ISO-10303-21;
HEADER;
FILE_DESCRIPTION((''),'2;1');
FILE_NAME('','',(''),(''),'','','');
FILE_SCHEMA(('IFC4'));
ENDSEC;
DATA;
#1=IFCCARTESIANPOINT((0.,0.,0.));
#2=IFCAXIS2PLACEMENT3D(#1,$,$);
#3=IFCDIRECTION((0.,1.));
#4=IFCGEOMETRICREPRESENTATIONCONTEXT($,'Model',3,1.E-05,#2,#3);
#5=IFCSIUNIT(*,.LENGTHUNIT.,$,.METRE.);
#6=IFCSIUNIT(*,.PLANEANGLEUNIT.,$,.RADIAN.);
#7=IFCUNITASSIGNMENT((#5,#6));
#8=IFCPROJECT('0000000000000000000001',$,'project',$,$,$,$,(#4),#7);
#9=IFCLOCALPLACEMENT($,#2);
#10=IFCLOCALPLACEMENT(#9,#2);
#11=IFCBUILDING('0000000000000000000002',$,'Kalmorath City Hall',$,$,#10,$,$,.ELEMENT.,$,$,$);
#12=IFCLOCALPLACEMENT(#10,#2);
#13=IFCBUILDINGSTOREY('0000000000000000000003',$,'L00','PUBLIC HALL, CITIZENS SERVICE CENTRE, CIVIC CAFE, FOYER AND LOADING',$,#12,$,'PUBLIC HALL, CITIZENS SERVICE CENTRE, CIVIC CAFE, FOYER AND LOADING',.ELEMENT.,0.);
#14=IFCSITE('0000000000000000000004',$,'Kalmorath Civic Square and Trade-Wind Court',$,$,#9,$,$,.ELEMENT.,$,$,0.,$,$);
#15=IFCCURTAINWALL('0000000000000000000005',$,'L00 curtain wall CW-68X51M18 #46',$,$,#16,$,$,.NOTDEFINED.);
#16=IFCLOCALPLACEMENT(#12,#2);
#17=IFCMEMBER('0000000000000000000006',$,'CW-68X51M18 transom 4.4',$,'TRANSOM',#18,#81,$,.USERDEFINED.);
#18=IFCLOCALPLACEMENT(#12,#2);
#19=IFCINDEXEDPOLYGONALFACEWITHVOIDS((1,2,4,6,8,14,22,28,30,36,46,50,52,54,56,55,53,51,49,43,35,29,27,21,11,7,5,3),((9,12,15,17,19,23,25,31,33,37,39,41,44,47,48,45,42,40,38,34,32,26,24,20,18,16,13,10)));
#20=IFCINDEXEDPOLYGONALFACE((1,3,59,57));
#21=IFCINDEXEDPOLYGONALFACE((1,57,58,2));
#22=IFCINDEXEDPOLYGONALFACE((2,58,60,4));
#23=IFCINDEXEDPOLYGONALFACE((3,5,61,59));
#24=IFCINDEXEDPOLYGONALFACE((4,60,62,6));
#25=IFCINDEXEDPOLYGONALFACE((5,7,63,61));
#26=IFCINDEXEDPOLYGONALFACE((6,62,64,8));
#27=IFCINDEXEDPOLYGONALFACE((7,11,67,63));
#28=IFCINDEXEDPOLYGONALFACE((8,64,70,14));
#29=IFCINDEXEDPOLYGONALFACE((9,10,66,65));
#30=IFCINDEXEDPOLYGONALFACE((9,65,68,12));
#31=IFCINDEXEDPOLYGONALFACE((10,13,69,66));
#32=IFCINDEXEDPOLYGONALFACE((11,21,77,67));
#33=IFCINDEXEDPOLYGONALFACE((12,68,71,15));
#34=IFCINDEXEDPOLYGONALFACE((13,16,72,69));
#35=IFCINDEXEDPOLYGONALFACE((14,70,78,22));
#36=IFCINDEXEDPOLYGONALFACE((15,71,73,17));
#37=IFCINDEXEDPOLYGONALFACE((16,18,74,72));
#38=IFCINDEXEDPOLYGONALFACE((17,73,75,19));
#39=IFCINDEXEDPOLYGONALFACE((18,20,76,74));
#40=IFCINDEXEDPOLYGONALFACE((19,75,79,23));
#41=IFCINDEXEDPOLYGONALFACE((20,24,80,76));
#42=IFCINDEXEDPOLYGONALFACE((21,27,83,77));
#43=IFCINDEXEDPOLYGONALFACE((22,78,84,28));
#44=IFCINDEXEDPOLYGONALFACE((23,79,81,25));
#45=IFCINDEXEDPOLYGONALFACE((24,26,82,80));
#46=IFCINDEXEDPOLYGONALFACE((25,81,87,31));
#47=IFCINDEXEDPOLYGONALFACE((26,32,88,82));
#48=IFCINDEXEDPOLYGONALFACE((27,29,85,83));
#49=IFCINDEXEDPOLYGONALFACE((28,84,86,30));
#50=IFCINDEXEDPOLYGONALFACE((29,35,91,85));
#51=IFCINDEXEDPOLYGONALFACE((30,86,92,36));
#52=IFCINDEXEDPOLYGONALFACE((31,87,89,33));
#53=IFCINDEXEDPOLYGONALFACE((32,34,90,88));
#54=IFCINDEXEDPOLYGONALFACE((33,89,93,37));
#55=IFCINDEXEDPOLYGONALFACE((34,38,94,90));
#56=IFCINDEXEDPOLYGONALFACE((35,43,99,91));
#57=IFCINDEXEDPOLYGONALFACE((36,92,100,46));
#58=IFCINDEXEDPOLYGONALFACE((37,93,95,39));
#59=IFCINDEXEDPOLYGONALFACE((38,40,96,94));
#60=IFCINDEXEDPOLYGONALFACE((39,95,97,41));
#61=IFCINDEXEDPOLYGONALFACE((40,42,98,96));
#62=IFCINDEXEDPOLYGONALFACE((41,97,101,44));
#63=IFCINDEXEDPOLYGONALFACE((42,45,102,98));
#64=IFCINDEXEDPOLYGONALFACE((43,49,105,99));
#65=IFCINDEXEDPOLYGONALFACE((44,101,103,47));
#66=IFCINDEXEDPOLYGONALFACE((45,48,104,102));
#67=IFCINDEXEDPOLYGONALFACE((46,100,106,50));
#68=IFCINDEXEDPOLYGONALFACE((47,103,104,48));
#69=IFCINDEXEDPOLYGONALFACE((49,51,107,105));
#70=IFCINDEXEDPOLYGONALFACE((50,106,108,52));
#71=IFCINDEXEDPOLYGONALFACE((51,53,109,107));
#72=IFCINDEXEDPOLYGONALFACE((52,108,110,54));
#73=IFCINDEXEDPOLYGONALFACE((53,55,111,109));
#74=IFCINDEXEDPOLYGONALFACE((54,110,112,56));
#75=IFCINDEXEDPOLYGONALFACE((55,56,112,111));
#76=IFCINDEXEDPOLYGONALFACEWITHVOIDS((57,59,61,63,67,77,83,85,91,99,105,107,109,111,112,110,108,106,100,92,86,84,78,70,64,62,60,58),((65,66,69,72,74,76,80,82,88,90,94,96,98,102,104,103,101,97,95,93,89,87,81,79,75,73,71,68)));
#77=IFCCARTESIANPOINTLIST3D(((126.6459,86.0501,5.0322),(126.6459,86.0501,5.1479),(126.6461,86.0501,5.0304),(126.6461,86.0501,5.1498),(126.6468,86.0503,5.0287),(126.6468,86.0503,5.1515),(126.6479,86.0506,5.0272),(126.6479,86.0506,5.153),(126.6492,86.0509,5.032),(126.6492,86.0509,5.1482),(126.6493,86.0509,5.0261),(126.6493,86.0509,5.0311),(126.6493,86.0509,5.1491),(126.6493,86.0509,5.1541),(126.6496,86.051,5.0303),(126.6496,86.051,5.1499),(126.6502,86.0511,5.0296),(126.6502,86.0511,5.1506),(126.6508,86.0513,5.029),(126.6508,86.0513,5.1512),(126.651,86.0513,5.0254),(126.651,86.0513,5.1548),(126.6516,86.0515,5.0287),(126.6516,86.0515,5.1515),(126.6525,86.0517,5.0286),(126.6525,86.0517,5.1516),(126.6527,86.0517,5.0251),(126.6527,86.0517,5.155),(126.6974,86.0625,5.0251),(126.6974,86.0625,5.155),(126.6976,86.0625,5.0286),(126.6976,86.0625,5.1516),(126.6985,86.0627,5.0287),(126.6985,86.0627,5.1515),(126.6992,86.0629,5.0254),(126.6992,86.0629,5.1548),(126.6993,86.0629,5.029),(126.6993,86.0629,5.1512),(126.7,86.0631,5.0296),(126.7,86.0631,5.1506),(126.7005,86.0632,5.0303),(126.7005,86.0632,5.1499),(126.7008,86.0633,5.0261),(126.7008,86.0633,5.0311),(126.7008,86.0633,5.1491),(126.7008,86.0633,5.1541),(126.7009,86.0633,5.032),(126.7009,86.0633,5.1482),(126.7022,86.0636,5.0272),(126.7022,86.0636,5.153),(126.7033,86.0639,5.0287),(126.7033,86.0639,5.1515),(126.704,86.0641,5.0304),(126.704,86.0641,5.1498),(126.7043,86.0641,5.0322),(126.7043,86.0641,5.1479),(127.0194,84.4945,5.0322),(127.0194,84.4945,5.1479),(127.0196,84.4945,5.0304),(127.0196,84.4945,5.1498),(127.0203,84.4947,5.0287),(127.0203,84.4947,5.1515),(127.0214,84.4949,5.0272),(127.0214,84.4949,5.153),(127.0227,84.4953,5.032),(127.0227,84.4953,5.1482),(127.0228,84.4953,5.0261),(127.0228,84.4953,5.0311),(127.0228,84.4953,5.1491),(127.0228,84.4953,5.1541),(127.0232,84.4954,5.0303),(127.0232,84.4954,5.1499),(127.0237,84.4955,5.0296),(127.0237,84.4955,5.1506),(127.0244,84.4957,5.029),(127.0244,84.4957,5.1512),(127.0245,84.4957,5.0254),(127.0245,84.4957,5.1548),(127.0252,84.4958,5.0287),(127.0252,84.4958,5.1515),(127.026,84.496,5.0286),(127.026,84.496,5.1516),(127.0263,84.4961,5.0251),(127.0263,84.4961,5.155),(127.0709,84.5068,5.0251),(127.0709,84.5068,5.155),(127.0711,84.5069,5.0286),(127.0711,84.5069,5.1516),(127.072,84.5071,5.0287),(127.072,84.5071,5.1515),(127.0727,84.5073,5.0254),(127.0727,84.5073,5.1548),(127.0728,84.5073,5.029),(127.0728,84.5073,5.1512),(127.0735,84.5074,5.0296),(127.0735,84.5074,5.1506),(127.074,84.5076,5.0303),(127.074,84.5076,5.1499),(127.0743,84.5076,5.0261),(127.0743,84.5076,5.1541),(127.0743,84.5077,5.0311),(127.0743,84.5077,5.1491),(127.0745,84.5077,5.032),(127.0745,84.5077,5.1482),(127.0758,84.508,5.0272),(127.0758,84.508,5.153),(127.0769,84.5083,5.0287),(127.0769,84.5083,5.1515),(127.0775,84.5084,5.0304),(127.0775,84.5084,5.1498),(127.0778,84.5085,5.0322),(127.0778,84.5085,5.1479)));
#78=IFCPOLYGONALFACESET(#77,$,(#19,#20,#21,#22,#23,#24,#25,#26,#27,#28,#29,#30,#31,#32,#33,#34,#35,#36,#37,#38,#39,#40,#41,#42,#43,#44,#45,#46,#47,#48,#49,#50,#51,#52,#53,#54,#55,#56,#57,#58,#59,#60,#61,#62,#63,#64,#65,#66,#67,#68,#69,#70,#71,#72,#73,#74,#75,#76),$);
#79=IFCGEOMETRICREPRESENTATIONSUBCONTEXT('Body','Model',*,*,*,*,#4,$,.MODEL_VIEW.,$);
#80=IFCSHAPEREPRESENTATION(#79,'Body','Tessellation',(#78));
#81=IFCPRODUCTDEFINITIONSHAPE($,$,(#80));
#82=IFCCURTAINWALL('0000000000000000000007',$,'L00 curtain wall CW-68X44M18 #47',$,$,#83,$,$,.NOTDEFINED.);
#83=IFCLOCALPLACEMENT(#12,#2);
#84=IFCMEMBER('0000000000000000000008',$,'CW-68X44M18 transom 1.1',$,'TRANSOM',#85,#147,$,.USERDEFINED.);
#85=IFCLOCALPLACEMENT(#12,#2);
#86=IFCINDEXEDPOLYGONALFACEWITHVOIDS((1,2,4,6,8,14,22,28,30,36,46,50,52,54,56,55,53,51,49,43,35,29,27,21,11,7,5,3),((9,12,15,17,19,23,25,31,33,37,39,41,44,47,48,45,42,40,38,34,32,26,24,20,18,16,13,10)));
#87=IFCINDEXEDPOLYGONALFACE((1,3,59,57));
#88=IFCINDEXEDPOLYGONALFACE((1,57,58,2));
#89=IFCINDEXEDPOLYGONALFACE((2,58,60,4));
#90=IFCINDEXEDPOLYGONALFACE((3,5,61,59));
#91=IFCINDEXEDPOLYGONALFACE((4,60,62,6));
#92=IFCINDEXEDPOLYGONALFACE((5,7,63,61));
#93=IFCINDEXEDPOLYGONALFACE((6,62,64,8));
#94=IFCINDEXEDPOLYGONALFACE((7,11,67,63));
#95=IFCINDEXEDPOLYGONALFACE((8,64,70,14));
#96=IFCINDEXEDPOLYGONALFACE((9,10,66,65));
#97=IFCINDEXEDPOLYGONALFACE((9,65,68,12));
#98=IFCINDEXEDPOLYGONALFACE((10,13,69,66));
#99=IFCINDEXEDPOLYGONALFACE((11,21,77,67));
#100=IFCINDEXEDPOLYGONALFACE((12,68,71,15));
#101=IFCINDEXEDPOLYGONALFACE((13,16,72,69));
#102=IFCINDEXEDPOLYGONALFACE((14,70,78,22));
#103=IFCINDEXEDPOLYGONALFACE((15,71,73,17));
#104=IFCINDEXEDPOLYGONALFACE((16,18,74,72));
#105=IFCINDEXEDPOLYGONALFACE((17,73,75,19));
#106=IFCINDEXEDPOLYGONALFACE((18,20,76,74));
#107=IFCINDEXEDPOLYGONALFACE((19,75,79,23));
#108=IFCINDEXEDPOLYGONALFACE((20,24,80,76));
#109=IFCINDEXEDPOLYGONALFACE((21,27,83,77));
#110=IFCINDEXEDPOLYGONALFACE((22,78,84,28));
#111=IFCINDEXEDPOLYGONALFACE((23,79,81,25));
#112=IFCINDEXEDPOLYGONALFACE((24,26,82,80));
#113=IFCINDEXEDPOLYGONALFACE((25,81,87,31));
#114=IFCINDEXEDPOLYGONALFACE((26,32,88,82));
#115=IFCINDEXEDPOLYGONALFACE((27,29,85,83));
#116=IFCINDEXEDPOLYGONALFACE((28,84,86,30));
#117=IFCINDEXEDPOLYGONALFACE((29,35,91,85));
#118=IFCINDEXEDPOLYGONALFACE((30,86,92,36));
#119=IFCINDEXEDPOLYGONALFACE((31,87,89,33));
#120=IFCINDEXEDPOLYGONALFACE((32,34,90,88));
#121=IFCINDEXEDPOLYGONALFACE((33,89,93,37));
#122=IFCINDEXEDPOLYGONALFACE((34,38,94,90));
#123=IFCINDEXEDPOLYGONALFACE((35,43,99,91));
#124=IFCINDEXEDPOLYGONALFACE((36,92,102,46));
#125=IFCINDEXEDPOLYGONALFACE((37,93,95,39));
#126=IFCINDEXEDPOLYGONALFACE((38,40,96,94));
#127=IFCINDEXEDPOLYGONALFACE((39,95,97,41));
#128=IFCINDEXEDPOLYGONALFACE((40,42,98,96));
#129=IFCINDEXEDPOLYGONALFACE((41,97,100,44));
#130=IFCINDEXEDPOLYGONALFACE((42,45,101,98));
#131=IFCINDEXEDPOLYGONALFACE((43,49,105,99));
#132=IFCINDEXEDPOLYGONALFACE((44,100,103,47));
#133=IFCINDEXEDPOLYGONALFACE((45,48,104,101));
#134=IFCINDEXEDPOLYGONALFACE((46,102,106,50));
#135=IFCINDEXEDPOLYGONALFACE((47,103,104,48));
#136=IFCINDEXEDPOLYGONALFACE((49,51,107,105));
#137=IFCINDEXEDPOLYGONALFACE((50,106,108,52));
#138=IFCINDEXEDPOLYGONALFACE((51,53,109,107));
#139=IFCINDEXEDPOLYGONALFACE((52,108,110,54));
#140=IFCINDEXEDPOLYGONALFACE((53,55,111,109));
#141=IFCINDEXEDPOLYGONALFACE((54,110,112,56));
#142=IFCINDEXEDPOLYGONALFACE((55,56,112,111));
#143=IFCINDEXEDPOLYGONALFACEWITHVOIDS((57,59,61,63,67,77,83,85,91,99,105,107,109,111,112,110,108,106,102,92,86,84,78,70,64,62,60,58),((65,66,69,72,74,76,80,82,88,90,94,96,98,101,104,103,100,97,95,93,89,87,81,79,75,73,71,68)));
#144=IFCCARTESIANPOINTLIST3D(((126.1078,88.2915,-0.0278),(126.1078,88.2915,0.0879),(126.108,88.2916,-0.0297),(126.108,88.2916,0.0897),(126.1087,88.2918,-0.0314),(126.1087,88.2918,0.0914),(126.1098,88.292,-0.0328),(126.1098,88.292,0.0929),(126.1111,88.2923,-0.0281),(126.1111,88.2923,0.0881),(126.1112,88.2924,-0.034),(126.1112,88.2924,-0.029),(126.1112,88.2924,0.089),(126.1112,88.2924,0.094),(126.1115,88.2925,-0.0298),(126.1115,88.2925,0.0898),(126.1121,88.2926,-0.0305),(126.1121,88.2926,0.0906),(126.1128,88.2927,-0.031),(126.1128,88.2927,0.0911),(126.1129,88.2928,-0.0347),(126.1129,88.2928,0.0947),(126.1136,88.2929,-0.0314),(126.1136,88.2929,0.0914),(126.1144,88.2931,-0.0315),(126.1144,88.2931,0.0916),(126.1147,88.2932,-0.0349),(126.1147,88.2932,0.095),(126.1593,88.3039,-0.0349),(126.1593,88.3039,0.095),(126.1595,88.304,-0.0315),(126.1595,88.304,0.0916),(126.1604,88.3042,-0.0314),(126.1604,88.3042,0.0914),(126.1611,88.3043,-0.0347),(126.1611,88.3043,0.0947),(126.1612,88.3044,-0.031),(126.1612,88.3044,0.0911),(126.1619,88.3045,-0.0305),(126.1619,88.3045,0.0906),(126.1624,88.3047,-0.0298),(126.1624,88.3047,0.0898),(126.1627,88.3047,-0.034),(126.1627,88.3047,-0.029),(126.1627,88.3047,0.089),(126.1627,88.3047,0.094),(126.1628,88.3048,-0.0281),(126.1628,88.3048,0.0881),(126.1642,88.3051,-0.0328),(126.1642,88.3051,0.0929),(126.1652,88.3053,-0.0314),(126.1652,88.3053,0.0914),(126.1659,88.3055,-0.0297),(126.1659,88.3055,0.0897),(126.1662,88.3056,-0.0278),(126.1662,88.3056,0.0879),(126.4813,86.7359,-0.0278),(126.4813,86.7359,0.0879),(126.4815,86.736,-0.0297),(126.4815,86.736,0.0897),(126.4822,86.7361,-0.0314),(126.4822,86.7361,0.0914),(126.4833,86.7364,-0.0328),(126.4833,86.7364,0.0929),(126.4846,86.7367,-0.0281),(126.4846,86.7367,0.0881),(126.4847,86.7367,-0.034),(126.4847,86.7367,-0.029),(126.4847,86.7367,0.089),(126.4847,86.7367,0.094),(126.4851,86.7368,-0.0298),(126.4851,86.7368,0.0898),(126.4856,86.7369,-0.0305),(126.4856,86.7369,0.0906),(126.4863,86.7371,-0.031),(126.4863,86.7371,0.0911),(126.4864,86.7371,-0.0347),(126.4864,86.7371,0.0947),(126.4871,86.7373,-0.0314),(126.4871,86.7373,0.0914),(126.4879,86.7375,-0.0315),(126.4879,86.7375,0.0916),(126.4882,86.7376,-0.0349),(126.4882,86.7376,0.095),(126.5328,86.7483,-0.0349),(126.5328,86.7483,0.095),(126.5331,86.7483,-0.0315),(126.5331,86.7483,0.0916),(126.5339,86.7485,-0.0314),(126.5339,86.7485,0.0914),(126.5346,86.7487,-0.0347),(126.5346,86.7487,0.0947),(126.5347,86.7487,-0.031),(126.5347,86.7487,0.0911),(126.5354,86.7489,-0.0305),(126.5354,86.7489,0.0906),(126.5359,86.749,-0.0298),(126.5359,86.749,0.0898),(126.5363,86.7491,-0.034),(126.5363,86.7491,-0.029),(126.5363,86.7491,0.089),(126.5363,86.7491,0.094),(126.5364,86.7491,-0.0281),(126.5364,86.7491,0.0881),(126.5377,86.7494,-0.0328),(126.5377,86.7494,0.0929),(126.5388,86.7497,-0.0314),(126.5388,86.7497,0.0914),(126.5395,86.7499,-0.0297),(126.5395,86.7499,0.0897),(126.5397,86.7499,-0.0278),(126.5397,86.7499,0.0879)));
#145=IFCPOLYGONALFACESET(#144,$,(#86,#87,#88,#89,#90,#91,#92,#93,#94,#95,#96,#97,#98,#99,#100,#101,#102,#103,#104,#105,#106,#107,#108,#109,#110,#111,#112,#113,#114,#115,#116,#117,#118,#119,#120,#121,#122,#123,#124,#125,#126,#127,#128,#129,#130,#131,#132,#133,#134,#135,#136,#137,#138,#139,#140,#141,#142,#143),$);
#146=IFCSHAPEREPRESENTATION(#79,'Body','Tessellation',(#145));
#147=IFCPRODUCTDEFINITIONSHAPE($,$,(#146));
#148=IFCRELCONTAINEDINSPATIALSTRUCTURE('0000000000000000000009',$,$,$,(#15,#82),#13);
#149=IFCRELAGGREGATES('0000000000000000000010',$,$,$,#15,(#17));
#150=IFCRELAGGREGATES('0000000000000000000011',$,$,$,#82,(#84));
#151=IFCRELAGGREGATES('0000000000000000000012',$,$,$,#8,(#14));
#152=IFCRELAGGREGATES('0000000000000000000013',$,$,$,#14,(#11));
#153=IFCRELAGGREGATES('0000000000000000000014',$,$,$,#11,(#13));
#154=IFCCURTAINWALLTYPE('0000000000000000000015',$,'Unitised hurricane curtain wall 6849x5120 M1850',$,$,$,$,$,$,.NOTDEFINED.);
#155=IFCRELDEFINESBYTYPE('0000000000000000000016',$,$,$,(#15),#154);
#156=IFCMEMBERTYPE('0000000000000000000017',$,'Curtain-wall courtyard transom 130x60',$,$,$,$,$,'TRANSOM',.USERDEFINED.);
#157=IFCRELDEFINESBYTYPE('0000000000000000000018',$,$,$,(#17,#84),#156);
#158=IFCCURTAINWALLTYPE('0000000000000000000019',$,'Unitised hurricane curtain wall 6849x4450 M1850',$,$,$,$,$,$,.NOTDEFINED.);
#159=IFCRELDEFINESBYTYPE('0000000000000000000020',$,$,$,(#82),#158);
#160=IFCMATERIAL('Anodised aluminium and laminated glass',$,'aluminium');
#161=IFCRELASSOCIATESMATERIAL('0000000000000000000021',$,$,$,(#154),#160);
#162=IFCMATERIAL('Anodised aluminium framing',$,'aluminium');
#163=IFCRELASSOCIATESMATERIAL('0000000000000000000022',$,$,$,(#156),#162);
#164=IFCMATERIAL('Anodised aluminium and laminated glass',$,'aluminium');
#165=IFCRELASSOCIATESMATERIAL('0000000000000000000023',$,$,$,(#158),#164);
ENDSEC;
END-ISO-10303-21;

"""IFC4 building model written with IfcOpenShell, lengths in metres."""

from ifc_helpers import new_model, si_unit, direction, frame, origin, origin_2d, place, context, subcontext, project, spatial, hollow_rectangle, extrude, material, material_profile, profile_set, type_object, element, aggregate, save


model = new_model("IFC4")

# Units and contexts
model_context = context("Model", 3, precision=1e-05, world=origin(), true_north=direction((0.0, 1.0)))
body_context = subcontext(model_context, "Body", "Model", "MODEL_VIEW")
ifc_project = project(units=[si_unit("LENGTHUNIT", "METRE"), si_unit("PLANEANGLEUNIT", "RADIAN")], contexts=[model_context])

# Site, building, storey
site_placement = place(None, origin())
site = spatial("IfcSite", under=ifc_project, at=site_placement, Name="Kalmorath Civic Square and Trade-Wind Court", CompositionType="ELEMENT", RefElevation=0.0)
building_placement = place(site_placement, origin())
building = spatial("IfcBuilding", under=site, at=building_placement, Name="Kalmorath City Hall", CompositionType="ELEMENT")
storey_placement = place(building_placement, origin())
storey = spatial("IfcBuildingStorey", under=building, at=storey_placement, Name="L00", Description="PUBLIC HALL, CITIZENS SERVICE CENTRE, CIVIC CAFE, FOYER AND LOADING", LongName="PUBLIC HALL, CITIZENS SERVICE CENTRE, CIVIC CAFE, FOYER AND LOADING", CompositionType="ELEMENT", Elevation=0.0)

# Curtain walls, members
ifc_material_1 = material(Name="Anodised aluminium and laminated glass", Category="aluminium")
curtain_wall_type_1 = type_object("IfcCurtainWallType", Name="Unitised hurricane curtain wall 6849x5120 M1850", PredefinedType="NOTDEFINED", material=ifc_material_1)
curtain_wall_1_placement = place(storey_placement, origin())
curtain_wall_1 = element("IfcCurtainWall", 1, at=curtain_wall_1_placement, inside=storey, type_object=curtain_wall_type_1, Name="L00 curtain wall CW-68X51M18 #46", PredefinedType="NOTDEFINED")
ifc_material_2 = material(Name="Anodised aluminium framing", Category="aluminium")
ifc_material_profile_1 = material_profile(ifc_material_2, hollow_rectangle(XDim=0.0601, YDim=0.1299, WallThickness=0.0034, InnerFilletRadius=0.0034, OuterFilletRadius=0.0071, at=origin_2d()), Name="ALU-TRN-130X60X3.5")
ifc_profile_set_1 = profile_set([ifc_material_profile_1], Name="Anodised aluminium framing")
member_type_1 = type_object("IfcMemberType", Name="Curtain-wall courtyard transom 130x60", ElementType="TRANSOM", PredefinedType="USERDEFINED", material=ifc_profile_set_1)
member_1_placement = place(storey_placement, frame((127.0486, 84.5015, 5.0901), z_axis=(-0.233477, 0.972362, 0.0), x_axis=(-0.972362, -0.233477, 0.0)))
member_1 = element("IfcMember", 2, at=member_1_placement, type_object=member_type_1, Name="CW-68X51M18 transom 4.4", ObjectType="TRANSOM", PredefinedType="USERDEFINED", context=body_context, shape_type="SweptSolid", body=[
    extrude(hollow_rectangle(XDim=0.0601, YDim=0.1299, WallThickness=0.0034, InnerFilletRadius=0.0034, OuterFilletRadius=0.0071, at=origin_2d()), origin(), (0.0, 0.0, 1.0), 1.5999),
])
ifc_material_3 = material(Name="Anodised aluminium and laminated glass", Category="aluminium")
curtain_wall_type_2 = type_object("IfcCurtainWallType", Name="Unitised hurricane curtain wall 6849x4450 M1850", PredefinedType="NOTDEFINED", material=ifc_material_3)
curtain_wall_2_placement = place(storey_placement, origin())
curtain_wall_2 = element("IfcCurtainWall", 3, at=curtain_wall_2_placement, inside=storey, type_object=curtain_wall_type_2, Name="L00 curtain wall CW-68X44M18 #47", PredefinedType="NOTDEFINED")
member_2_placement = place(storey_placement, frame((126.5105, 86.7429, 0.03), z_axis=(-0.233477, 0.972362, 0.0), x_axis=(-0.972362, -0.233477, 0.0)))
member_2 = element("IfcMember", 4, at=member_2_placement, type_object=member_type_1, Name="CW-68X44M18 transom 1.1", ObjectType="TRANSOM", PredefinedType="USERDEFINED", context=body_context, shape_type="SweptSolid", body=[
    extrude(hollow_rectangle(XDim=0.0601, YDim=0.1299, WallThickness=0.0034, InnerFilletRadius=0.0034, OuterFilletRadius=0.0071, at=origin_2d()), origin(), (0.0, 0.0, 1.0), 1.5999),
])

aggregate(curtain_wall_1, [member_1])
aggregate(curtain_wall_2, [member_2])

save(model, "model.ifc")
